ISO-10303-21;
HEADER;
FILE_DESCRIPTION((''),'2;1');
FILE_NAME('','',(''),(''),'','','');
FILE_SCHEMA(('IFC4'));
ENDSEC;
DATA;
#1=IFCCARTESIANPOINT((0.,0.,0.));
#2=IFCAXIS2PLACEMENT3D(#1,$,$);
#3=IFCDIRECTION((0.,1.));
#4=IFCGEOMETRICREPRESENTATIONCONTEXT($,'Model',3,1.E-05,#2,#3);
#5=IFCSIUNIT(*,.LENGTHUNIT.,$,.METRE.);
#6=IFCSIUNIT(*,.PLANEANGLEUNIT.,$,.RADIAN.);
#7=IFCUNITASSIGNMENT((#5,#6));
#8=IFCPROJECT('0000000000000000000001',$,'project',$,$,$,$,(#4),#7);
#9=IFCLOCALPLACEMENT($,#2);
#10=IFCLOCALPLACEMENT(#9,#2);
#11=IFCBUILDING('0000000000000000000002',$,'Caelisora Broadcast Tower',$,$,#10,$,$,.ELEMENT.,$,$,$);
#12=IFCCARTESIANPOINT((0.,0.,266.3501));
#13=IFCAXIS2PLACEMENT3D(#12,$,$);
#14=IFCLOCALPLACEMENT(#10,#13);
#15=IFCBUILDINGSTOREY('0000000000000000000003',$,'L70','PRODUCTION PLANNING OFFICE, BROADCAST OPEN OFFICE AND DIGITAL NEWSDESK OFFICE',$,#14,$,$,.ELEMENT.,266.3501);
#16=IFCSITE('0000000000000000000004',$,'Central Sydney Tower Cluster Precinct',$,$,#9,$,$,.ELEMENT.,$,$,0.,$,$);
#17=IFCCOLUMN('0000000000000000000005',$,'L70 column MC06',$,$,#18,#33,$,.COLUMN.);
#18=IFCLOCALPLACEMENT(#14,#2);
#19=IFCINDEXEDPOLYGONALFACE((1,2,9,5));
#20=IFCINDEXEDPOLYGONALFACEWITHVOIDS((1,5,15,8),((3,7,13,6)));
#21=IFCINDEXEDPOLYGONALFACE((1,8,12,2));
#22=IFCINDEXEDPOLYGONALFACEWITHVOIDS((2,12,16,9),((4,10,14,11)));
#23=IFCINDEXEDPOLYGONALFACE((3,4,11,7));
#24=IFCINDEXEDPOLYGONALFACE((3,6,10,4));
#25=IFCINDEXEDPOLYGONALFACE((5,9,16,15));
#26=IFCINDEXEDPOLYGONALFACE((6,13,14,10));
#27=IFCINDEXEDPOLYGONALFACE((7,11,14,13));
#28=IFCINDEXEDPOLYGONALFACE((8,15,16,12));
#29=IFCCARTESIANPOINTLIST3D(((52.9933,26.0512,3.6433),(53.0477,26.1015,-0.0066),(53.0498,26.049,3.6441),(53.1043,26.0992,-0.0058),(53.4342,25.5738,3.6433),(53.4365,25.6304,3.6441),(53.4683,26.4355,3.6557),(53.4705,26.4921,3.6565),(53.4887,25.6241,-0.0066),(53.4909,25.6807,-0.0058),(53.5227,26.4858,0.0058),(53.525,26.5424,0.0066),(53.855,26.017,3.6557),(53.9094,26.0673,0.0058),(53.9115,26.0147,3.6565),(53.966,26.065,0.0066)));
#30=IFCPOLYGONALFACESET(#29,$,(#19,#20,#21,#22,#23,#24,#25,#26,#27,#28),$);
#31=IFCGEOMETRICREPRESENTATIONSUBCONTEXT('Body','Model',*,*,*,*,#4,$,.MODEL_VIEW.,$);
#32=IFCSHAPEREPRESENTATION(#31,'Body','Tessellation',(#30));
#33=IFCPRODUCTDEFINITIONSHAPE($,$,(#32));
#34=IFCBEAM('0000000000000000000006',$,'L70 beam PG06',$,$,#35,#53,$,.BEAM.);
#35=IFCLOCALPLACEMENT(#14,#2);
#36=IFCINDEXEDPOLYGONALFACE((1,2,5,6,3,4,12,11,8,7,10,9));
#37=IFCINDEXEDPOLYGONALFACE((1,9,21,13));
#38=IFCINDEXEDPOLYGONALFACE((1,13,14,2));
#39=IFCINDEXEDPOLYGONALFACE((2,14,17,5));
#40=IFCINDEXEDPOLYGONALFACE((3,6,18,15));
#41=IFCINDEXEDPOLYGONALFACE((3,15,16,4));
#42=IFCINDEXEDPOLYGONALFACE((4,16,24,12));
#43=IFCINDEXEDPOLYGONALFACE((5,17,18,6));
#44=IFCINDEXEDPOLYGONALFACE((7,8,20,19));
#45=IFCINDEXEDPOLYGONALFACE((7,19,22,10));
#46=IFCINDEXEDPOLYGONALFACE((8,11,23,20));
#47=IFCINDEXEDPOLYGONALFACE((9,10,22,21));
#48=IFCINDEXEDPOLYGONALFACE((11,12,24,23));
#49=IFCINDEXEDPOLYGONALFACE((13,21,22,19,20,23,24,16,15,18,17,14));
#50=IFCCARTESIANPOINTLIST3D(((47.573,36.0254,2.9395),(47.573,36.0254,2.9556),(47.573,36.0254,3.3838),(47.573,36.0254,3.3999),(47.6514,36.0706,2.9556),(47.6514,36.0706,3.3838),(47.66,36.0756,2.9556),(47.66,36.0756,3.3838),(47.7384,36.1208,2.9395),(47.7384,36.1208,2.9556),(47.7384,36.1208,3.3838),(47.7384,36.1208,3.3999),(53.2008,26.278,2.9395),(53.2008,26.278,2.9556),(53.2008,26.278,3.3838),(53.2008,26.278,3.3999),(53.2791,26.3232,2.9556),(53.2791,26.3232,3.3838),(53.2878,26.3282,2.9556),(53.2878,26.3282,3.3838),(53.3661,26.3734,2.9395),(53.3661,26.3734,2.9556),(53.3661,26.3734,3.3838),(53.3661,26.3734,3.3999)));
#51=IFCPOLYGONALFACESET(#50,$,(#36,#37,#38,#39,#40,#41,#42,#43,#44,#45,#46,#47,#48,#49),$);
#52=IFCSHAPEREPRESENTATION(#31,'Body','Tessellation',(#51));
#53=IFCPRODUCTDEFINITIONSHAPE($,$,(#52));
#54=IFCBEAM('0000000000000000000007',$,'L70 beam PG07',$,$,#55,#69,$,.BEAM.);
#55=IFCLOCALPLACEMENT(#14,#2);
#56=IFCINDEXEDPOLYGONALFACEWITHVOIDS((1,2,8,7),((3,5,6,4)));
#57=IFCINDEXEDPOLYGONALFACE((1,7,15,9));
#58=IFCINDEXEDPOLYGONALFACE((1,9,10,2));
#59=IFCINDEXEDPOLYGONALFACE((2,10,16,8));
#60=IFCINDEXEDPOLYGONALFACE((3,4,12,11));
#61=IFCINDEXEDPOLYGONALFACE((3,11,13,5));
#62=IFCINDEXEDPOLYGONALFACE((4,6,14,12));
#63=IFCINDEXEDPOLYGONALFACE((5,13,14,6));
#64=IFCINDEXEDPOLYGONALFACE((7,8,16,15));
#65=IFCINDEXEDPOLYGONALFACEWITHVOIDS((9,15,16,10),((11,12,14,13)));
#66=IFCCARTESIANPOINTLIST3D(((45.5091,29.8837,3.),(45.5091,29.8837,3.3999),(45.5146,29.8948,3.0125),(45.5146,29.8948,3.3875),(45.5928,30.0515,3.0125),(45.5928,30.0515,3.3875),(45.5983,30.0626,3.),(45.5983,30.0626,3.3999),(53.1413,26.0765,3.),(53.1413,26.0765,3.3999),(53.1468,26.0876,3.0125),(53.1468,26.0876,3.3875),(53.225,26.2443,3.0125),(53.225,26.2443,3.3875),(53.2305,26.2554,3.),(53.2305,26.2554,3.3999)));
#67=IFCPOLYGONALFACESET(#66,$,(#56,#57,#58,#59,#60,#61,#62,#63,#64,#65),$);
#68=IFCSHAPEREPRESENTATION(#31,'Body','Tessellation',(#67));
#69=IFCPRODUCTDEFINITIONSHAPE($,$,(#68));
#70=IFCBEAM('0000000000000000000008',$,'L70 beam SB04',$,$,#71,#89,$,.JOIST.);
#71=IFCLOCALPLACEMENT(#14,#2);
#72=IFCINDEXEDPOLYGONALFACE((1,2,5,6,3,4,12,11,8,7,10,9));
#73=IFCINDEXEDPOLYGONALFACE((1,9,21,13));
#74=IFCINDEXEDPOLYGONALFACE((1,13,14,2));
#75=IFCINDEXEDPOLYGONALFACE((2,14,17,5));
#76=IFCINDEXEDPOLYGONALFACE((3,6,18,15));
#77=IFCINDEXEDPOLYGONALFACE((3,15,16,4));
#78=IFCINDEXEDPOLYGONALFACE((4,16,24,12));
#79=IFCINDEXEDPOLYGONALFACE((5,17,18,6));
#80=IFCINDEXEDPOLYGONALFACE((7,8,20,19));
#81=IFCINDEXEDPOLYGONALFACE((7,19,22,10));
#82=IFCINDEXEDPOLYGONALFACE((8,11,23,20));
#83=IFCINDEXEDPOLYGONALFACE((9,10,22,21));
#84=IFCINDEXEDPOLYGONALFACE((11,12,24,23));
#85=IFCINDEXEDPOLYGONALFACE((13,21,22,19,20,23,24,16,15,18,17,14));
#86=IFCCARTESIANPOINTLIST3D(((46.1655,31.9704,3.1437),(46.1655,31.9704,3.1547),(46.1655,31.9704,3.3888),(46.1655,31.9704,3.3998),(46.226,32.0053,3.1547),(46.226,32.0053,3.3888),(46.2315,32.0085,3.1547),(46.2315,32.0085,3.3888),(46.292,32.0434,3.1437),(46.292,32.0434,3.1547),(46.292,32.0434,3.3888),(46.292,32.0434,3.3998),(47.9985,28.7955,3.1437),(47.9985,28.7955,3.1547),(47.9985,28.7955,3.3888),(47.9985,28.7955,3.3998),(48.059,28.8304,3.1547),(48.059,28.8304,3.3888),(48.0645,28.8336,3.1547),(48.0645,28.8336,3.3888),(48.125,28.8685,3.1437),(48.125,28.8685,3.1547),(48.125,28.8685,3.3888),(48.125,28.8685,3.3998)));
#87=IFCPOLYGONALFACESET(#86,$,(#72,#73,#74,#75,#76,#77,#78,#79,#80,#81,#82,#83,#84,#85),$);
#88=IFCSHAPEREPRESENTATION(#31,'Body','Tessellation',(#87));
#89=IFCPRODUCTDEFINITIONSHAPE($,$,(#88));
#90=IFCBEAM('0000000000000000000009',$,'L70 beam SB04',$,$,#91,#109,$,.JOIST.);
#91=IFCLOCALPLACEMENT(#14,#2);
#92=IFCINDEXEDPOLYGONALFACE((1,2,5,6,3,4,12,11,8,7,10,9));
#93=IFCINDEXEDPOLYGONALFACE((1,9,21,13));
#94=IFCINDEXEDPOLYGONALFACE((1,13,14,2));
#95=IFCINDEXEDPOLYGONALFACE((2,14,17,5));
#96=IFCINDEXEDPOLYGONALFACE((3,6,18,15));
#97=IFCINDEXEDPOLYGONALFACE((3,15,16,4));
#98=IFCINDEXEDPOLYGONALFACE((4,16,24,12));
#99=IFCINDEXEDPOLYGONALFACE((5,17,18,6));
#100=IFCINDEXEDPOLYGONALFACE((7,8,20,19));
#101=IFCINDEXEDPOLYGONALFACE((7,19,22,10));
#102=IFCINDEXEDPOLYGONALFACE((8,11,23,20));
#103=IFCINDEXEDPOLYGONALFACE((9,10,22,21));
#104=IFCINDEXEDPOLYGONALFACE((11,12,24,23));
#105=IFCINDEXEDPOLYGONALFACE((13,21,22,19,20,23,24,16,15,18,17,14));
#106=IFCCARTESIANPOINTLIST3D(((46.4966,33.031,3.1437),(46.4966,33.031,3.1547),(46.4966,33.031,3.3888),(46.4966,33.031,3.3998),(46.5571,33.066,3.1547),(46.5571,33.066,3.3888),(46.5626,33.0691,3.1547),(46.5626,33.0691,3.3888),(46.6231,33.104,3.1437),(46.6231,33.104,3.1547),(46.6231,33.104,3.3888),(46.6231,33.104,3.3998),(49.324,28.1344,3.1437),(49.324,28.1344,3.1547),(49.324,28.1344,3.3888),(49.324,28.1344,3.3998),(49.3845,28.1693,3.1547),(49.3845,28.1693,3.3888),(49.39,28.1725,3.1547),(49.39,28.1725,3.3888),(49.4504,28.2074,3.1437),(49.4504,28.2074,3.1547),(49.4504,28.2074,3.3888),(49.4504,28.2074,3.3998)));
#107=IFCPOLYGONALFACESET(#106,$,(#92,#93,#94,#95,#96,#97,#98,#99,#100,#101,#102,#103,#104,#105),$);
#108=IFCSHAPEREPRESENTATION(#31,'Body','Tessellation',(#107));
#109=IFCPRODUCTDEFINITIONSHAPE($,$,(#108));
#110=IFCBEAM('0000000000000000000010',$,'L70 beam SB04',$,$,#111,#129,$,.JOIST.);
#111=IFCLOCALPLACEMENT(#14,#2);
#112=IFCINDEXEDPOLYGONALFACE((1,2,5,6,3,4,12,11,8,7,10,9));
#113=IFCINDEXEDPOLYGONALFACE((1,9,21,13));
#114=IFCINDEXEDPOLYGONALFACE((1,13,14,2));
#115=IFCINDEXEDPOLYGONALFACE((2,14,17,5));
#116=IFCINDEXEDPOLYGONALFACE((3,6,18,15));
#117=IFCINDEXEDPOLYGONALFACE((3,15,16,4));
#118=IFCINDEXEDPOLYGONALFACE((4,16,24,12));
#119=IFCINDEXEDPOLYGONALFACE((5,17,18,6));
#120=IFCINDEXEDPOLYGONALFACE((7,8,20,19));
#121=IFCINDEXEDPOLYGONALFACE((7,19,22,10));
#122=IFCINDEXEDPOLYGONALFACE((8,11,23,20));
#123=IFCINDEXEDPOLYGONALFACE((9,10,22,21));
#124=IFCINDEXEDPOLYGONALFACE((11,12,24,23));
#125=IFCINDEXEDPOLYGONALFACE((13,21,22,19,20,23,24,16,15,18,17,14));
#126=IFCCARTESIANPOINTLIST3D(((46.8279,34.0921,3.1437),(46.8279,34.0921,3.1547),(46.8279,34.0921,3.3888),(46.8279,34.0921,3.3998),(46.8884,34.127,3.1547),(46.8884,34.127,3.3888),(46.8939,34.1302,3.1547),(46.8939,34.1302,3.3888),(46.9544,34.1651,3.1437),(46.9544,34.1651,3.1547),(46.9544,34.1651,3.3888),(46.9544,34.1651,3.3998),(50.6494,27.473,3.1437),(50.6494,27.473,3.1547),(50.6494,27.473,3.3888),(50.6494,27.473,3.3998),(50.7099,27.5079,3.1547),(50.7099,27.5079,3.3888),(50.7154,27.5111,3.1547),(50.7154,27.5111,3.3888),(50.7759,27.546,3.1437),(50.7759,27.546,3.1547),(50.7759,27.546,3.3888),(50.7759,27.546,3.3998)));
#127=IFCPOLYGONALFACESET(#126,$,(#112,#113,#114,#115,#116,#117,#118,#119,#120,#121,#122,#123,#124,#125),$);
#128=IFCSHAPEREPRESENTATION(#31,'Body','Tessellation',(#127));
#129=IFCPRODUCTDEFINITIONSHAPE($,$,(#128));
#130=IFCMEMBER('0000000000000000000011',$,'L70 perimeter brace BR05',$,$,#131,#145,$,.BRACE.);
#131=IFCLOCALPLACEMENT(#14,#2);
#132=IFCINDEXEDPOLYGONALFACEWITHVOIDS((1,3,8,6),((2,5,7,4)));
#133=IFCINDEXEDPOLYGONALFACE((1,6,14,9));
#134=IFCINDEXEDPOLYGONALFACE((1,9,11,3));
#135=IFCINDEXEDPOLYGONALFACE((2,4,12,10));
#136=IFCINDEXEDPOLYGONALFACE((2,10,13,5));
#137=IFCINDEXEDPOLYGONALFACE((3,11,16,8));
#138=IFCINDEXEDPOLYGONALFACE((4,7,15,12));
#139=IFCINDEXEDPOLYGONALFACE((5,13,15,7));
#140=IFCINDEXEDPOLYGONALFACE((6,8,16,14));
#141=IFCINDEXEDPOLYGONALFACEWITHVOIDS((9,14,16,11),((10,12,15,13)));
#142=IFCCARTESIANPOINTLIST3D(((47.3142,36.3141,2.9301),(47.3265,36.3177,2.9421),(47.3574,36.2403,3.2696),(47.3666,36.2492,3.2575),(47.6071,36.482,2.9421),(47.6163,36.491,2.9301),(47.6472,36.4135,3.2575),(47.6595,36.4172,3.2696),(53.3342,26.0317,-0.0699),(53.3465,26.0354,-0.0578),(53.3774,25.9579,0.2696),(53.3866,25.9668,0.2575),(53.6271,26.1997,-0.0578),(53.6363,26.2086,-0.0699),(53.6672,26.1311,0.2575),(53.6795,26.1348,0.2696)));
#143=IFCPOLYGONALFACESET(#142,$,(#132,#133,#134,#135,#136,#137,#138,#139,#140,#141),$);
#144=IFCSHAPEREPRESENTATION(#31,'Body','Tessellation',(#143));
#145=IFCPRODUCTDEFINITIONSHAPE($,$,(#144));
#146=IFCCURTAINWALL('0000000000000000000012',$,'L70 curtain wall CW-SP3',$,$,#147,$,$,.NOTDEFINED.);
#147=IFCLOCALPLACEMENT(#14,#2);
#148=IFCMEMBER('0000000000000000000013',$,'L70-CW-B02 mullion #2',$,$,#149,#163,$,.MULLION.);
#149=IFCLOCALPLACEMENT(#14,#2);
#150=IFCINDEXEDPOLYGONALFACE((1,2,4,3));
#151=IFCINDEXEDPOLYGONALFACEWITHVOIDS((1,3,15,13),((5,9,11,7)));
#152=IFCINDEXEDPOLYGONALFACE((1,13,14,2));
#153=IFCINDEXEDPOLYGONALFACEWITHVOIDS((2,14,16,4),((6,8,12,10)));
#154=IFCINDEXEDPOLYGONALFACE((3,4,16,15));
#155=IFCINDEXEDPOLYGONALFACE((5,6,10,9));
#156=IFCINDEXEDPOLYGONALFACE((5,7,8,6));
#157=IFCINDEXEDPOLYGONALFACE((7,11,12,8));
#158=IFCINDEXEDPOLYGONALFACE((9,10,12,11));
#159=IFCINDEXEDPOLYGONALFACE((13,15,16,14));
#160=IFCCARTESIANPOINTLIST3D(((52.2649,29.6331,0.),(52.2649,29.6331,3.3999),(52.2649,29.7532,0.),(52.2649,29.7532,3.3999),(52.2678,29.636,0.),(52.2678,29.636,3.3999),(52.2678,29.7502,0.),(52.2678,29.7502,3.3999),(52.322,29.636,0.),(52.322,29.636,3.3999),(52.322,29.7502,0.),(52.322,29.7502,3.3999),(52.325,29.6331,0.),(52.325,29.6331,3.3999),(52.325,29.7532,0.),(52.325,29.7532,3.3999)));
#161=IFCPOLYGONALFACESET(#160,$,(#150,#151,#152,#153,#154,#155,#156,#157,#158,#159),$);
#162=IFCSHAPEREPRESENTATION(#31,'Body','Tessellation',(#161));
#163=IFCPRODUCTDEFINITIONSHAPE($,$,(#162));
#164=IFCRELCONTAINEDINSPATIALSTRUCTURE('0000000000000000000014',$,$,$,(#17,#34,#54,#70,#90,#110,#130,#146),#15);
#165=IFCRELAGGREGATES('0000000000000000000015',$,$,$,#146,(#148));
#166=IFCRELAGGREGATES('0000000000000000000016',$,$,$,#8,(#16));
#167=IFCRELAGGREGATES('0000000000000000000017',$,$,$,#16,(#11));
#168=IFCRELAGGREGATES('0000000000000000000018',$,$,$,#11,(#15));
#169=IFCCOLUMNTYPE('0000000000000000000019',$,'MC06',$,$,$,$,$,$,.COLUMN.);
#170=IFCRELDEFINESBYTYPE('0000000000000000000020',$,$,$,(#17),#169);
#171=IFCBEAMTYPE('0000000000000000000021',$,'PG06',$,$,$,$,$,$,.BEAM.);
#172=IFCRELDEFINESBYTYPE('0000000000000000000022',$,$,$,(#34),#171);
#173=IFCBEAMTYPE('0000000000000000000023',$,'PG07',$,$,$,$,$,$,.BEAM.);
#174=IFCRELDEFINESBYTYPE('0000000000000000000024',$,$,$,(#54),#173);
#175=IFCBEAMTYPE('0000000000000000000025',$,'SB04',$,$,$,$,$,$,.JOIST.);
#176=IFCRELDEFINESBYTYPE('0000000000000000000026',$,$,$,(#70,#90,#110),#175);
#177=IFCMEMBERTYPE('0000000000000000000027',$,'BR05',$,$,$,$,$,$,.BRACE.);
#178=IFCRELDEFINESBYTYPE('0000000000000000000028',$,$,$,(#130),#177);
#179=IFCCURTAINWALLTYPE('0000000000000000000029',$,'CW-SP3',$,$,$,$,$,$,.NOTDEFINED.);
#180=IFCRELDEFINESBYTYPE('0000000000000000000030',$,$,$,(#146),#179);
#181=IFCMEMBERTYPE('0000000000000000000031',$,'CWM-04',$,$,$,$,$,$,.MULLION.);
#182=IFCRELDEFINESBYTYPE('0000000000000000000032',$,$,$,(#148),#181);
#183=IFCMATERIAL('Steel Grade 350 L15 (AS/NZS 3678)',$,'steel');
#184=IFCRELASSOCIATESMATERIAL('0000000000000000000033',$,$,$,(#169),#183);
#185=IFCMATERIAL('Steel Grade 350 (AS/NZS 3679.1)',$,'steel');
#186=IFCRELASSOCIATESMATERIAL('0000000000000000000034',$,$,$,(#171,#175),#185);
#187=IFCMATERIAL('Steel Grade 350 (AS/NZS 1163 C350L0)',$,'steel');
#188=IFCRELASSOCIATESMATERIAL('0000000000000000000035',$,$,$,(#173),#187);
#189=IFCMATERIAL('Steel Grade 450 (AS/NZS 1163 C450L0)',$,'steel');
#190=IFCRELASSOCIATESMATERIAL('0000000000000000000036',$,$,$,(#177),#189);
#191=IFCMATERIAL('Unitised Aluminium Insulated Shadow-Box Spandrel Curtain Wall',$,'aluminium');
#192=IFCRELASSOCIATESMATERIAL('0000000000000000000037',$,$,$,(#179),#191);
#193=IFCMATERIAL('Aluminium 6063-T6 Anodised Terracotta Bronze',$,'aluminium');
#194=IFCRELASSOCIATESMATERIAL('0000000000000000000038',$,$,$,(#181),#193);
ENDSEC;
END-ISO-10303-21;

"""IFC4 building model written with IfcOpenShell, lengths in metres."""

from ifc_helpers import new_model, si_unit, direction, frame, origin, origin_2d, place, context, subcontext, project, spatial, hollow_rectangle, i_section, extrude, source, transform, mapped, material, material_profile, profile_set, type_object, type_shapes, element, aggregate, save


model = new_model("IFC4")

# Units and contexts
model_context = context("Model", 3, precision=1e-05, world=origin(), true_north=direction((0.0, 1.0)))
body_context = subcontext(model_context, "Body", "Model", "MODEL_VIEW")
ifc_project = project(units=[si_unit("LENGTHUNIT", "METRE"), si_unit("PLANEANGLEUNIT", "RADIAN")], contexts=[model_context])

# Site, building, storey
site_placement = place(None, origin())
site = spatial("IfcSite", under=ifc_project, at=site_placement, Name="Central Sydney Tower Cluster Precinct", CompositionType="ELEMENT", RefElevation=0.0)
building_placement = place(site_placement, origin())
building = spatial("IfcBuilding", under=site, at=building_placement, Name="Caelisora Broadcast Tower", CompositionType="ELEMENT")
storey_placement = place(building_placement, frame((0.0, 0.0, 266.3501)))
storey = spatial("IfcBuildingStorey", under=building, at=storey_placement, Name="L70", Description="PRODUCTION PLANNING OFFICE, BROADCAST OPEN OFFICE AND DIGITAL NEWSDESK OFFICE", CompositionType="ELEMENT", Elevation=266.3501)

# Column
ifc_material_1 = material(Name="Steel Grade 350 L15 (AS/NZS 3678)", Category="steel")
ifc_material_profile_1 = material_profile(ifc_material_1, hollow_rectangle(XDim=0.6499, YDim=0.6499, WallThickness=0.04, at=origin_2d()), Name="Steel Grade 350 L15 (AS/NZS 3678)")
ifc_profile_set_1 = profile_set([ifc_material_profile_1], Name="Steel Grade 350 L15 (AS/NZS 3678)")
column_type = type_object("IfcColumnType", Name="MC06", PredefinedType="COLUMN", material=ifc_profile_set_1)
shared_shape_1 = source(origin(), body_context, "Body", "SweptSolid", [
    extrude(hollow_rectangle(XDim=0.6499, YDim=0.6499, WallThickness=0.04, at=origin_2d()), origin(), (0.0, 0.0, 1.0), 3.6506),
])
type_shapes(column_type, [shared_shape_1])
column_placement = place(storey_placement, frame((53.5068, 26.0833, 0.0), z_axis=(-0.014913, -0.013776, 0.999794), x_axis=(0.678554, -0.734551, 0.0)))
element("IfcColumn", 1, at=column_placement, inside=storey, type_object=column_type, Name="L70 column MC06", PredefinedType="COLUMN", context=body_context, shape_type="MappedRepresentation", body=[
    mapped(shared_shape_1, transform((0.0, 0.0, 0.0), scale=1.0)),
])

# Beams
ifc_material_2 = material(Name="Steel Grade 350 (AS/NZS 3679.1)", Category="steel")
ifc_material_profile_2 = material_profile(ifc_material_2, i_section(OverallWidth=0.1909, OverallDepth=0.4604, WebThickness=0.01, FlangeThickness=0.0161, at=origin_2d()), Name="Steel Grade 350 (AS/NZS 3679.1)")
ifc_profile_set_2 = profile_set([ifc_material_profile_2], Name="Steel Grade 350 (AS/NZS 3679.1)")
beam_type_1 = type_object("IfcBeamType", Name="PG06", PredefinedType="BEAM", material=ifc_profile_set_2)
shared_shape_2 = source(origin(), body_context, "Body", "SweptSolid", [
    extrude(i_section(OverallWidth=0.1909, OverallDepth=0.4604, WebThickness=0.01, FlangeThickness=0.0161, at=origin_2d()), origin(), (0.0, 0.0, 1.0), 11.2554),
])
type_shapes(beam_type_1, [shared_shape_2])
beam_1_placement = place(storey_placement, frame((53.2834, 26.3257, 3.1697), z_axis=(-0.500005, 0.866023, 0.0), x_axis=(-0.866023, -0.500005, 0.0)))
element("IfcBeam", 2, at=beam_1_placement, inside=storey, type_object=beam_type_1, Name="L70 beam PG06", PredefinedType="BEAM", context=body_context, shape_type="MappedRepresentation", body=[
    mapped(shared_shape_2, transform((0.0, 0.0, 0.0), scale=1.0)),
])
ifc_material_3 = material(Name="Steel Grade 350 (AS/NZS 1163 C350L0)", Category="steel")
ifc_material_profile_3 = material_profile(ifc_material_3, hollow_rectangle(XDim=0.2, YDim=0.3999, WallThickness=0.0125, at=origin_2d()), Name="Steel Grade 350 (AS/NZS 1163 C350L0)")
ifc_profile_set_3 = profile_set([ifc_material_profile_3], Name="Steel Grade 350 (AS/NZS 1163 C350L0)")
beam_type_2 = type_object("IfcBeamType", Name="PG07", PredefinedType="BEAM", material=ifc_profile_set_3)
shared_shape_3 = source(origin(), body_context, "Body", "SweptSolid", [
    extrude(hollow_rectangle(XDim=0.2, YDim=0.3999, WallThickness=0.0125, at=origin_2d()), origin(), (0.0, 0.0, 1.0), 8.5291),
])
type_shapes(beam_type_2, [shared_shape_3])
beam_2_placement = place(storey_placement, frame((45.5537, 29.9731, 3.2), z_axis=(0.894845, -0.446378, 0.0), x_axis=(0.446378, 0.894845, 0.0)))
element("IfcBeam", 3, at=beam_2_placement, inside=storey, type_object=beam_type_2, Name="L70 beam PG07", PredefinedType="BEAM", context=body_context, shape_type="MappedRepresentation", body=[
    mapped(shared_shape_3, transform((0.0, 0.0, 0.0), scale=1.0)),
])
ifc_material_profile_4 = material_profile(ifc_material_2, i_section(OverallWidth=0.146, OverallDepth=0.2561, WebThickness=0.0063, FlangeThickness=0.011, at=origin_2d()), Name="Steel Grade 350 (AS/NZS 3679.1)")
ifc_profile_set_4 = profile_set([ifc_material_profile_4], Name="Steel Grade 350 (AS/NZS 3679.1)")
beam_type_3 = type_object("IfcBeamType", Name="SB04", PredefinedType="JOIST", material=ifc_profile_set_4)
shared_shape_4 = source(origin(), body_context, "Body", "SweptSolid", [
    extrude(i_section(OverallWidth=0.146, OverallDepth=0.2561, WebThickness=0.0063, FlangeThickness=0.011, at=origin_2d()), origin(), (0.0, 0.0, 1.0), 3.666),
])
beam_3_placement = place(storey_placement, frame((48.0618, 28.832, 3.2717), z_axis=(-0.500007, 0.866021, 0.0), x_axis=(-0.866021, -0.500007, 0.0)))
element("IfcBeam", 4, at=beam_3_placement, inside=storey, type_object=beam_type_3, Name="L70 beam SB04", PredefinedType="JOIST", context=body_context, shape_type="MappedRepresentation", body=[
    mapped(shared_shape_4, transform((0.0, 0.0, 0.0), scale=1.0)),
])
shared_shape_5 = source(origin(), body_context, "Body", "SweptSolid", [
    extrude(i_section(OverallWidth=0.146, OverallDepth=0.2561, WebThickness=0.0063, FlangeThickness=0.011, at=origin_2d()), origin(), (0.0, 0.0, 1.0), 5.6543),
])
beam_4_placement = place(storey_placement, frame((49.3872, 28.1709, 3.2717), z_axis=(-0.500035, 0.866005, 0.0), x_axis=(-0.866005, -0.500035, 0.0)))
element("IfcBeam", 5, at=beam_4_placement, inside=storey, type_object=beam_type_3, Name="L70 beam SB04", PredefinedType="JOIST", context=body_context, shape_type="MappedRepresentation", body=[
    mapped(shared_shape_5, transform((0.0, 0.0, 0.0), scale=1.0)),
])
shared_shape_6 = source(origin(), body_context, "Body", "SweptSolid", [
    extrude(i_section(OverallWidth=0.146, OverallDepth=0.2561, WebThickness=0.0063, FlangeThickness=0.011, at=origin_2d()), origin(), (0.0, 0.0, 1.0), 7.6431),
])
type_shapes(beam_type_3, [shared_shape_4, shared_shape_5, shared_shape_6])
beam_5_placement = place(storey_placement, frame((50.7126, 27.5095, 3.2717), z_axis=(-0.499997, 0.866027, 0.0), x_axis=(-0.866027, -0.499997, 0.0)))
element("IfcBeam", 6, at=beam_5_placement, inside=storey, type_object=beam_type_3, Name="L70 beam SB04", PredefinedType="JOIST", context=body_context, shape_type="MappedRepresentation", body=[
    mapped(shared_shape_6, transform((0.0, 0.0, 0.0), scale=1.0)),
])

# Member
ifc_material_4 = material(Name="Steel Grade 450 (AS/NZS 1163 C450L0)", Category="steel")
ifc_material_profile_5 = material_profile(ifc_material_4, hollow_rectangle(XDim=0.3501, YDim=0.3501, WallThickness=0.0125, at=origin_2d()), Name="Steel Grade 450 (AS/NZS 1163 C450L0)")
ifc_profile_set_5 = profile_set([ifc_material_profile_5], Name="Steel Grade 450 (AS/NZS 1163 C450L0)")
member_type_1 = type_object("IfcMemberType", Name="BR05", PredefinedType="BRACE", material=ifc_profile_set_5)
shared_shape_7 = source(origin(), body_context, "Body", "SweptSolid", [
    extrude(hollow_rectangle(XDim=0.3501, YDim=0.3501, WallThickness=0.0125, at=origin_2d()), origin(), (0.0, 0.0, 1.0), 12.2869),
])
type_shapes(member_type_1, [shared_shape_7])
member_1_placement = place(storey_placement, frame((53.5068, 26.0833, 0.0999), z_axis=(-0.489951, 0.836859, 0.244161), x_axis=(-0.862977, -0.505242, 0.0)))
element("IfcMember", 7, at=member_1_placement, inside=storey, type_object=member_type_1, Name="L70 perimeter brace BR05", PredefinedType="BRACE", context=body_context, shape_type="MappedRepresentation", body=[
    mapped(shared_shape_7, transform((0.0, 0.0, 0.0), scale=1.0)),
])

# Curtain wall, member
ifc_material_5 = material(Name="Unitised Aluminium Insulated Shadow-Box Spandrel Curtain Wall", Category="aluminium")
curtain_wall_type_1 = type_object("IfcCurtainWallType", Name="CW-SP3", PredefinedType="NOTDEFINED", material=ifc_material_5)
curtain_wall_1_placement = place(storey_placement, origin())
curtain_wall_1 = element("IfcCurtainWall", 8, at=curtain_wall_1_placement, inside=storey, type_object=curtain_wall_type_1, Name="L70 curtain wall CW-SP3", PredefinedType="NOTDEFINED")
ifc_material_6 = material(Name="Aluminium 6063-T6 Anodised Terracotta Bronze", Category="aluminium")
ifc_material_profile_6 = material_profile(ifc_material_6, hollow_rectangle(XDim=0.0601, YDim=0.1201, WallThickness=0.0029, at=origin_2d()), Name="Aluminium 6063-T6 Anodised Terracotta Bronze")
ifc_profile_set_6 = profile_set([ifc_material_profile_6], Name="Aluminium 6063-T6 Anodised Terracotta Bronze")
member_type_2 = type_object("IfcMemberType", Name="CWM-04", PredefinedType="MULLION", material=ifc_profile_set_6)
shared_shape_8 = source(origin(), body_context, "Body", "SweptSolid", [
    extrude(hollow_rectangle(XDim=0.0601, YDim=0.1201, WallThickness=0.0029, at=origin_2d()), origin(), (0.0, 0.0, 1.0), 3.3999),
])
type_shapes(member_type_2, [shared_shape_8])
member_2_placement = place(storey_placement, frame((52.2949, 29.6931, 0.0), z_axis=(0.0, 0.0, 1.0), x_axis=(1.0, 0.0, 0.0)))
member_2 = element("IfcMember", 9, at=member_2_placement, type_object=member_type_2, Name="L70-CW-B02 mullion #2", PredefinedType="MULLION", context=body_context, shape_type="MappedRepresentation", body=[
    mapped(shared_shape_8, transform((0.0, 0.0, 0.0), scale=1.0)),
])

aggregate(curtain_wall_1, [member_2])

save(model, "model.ifc")
